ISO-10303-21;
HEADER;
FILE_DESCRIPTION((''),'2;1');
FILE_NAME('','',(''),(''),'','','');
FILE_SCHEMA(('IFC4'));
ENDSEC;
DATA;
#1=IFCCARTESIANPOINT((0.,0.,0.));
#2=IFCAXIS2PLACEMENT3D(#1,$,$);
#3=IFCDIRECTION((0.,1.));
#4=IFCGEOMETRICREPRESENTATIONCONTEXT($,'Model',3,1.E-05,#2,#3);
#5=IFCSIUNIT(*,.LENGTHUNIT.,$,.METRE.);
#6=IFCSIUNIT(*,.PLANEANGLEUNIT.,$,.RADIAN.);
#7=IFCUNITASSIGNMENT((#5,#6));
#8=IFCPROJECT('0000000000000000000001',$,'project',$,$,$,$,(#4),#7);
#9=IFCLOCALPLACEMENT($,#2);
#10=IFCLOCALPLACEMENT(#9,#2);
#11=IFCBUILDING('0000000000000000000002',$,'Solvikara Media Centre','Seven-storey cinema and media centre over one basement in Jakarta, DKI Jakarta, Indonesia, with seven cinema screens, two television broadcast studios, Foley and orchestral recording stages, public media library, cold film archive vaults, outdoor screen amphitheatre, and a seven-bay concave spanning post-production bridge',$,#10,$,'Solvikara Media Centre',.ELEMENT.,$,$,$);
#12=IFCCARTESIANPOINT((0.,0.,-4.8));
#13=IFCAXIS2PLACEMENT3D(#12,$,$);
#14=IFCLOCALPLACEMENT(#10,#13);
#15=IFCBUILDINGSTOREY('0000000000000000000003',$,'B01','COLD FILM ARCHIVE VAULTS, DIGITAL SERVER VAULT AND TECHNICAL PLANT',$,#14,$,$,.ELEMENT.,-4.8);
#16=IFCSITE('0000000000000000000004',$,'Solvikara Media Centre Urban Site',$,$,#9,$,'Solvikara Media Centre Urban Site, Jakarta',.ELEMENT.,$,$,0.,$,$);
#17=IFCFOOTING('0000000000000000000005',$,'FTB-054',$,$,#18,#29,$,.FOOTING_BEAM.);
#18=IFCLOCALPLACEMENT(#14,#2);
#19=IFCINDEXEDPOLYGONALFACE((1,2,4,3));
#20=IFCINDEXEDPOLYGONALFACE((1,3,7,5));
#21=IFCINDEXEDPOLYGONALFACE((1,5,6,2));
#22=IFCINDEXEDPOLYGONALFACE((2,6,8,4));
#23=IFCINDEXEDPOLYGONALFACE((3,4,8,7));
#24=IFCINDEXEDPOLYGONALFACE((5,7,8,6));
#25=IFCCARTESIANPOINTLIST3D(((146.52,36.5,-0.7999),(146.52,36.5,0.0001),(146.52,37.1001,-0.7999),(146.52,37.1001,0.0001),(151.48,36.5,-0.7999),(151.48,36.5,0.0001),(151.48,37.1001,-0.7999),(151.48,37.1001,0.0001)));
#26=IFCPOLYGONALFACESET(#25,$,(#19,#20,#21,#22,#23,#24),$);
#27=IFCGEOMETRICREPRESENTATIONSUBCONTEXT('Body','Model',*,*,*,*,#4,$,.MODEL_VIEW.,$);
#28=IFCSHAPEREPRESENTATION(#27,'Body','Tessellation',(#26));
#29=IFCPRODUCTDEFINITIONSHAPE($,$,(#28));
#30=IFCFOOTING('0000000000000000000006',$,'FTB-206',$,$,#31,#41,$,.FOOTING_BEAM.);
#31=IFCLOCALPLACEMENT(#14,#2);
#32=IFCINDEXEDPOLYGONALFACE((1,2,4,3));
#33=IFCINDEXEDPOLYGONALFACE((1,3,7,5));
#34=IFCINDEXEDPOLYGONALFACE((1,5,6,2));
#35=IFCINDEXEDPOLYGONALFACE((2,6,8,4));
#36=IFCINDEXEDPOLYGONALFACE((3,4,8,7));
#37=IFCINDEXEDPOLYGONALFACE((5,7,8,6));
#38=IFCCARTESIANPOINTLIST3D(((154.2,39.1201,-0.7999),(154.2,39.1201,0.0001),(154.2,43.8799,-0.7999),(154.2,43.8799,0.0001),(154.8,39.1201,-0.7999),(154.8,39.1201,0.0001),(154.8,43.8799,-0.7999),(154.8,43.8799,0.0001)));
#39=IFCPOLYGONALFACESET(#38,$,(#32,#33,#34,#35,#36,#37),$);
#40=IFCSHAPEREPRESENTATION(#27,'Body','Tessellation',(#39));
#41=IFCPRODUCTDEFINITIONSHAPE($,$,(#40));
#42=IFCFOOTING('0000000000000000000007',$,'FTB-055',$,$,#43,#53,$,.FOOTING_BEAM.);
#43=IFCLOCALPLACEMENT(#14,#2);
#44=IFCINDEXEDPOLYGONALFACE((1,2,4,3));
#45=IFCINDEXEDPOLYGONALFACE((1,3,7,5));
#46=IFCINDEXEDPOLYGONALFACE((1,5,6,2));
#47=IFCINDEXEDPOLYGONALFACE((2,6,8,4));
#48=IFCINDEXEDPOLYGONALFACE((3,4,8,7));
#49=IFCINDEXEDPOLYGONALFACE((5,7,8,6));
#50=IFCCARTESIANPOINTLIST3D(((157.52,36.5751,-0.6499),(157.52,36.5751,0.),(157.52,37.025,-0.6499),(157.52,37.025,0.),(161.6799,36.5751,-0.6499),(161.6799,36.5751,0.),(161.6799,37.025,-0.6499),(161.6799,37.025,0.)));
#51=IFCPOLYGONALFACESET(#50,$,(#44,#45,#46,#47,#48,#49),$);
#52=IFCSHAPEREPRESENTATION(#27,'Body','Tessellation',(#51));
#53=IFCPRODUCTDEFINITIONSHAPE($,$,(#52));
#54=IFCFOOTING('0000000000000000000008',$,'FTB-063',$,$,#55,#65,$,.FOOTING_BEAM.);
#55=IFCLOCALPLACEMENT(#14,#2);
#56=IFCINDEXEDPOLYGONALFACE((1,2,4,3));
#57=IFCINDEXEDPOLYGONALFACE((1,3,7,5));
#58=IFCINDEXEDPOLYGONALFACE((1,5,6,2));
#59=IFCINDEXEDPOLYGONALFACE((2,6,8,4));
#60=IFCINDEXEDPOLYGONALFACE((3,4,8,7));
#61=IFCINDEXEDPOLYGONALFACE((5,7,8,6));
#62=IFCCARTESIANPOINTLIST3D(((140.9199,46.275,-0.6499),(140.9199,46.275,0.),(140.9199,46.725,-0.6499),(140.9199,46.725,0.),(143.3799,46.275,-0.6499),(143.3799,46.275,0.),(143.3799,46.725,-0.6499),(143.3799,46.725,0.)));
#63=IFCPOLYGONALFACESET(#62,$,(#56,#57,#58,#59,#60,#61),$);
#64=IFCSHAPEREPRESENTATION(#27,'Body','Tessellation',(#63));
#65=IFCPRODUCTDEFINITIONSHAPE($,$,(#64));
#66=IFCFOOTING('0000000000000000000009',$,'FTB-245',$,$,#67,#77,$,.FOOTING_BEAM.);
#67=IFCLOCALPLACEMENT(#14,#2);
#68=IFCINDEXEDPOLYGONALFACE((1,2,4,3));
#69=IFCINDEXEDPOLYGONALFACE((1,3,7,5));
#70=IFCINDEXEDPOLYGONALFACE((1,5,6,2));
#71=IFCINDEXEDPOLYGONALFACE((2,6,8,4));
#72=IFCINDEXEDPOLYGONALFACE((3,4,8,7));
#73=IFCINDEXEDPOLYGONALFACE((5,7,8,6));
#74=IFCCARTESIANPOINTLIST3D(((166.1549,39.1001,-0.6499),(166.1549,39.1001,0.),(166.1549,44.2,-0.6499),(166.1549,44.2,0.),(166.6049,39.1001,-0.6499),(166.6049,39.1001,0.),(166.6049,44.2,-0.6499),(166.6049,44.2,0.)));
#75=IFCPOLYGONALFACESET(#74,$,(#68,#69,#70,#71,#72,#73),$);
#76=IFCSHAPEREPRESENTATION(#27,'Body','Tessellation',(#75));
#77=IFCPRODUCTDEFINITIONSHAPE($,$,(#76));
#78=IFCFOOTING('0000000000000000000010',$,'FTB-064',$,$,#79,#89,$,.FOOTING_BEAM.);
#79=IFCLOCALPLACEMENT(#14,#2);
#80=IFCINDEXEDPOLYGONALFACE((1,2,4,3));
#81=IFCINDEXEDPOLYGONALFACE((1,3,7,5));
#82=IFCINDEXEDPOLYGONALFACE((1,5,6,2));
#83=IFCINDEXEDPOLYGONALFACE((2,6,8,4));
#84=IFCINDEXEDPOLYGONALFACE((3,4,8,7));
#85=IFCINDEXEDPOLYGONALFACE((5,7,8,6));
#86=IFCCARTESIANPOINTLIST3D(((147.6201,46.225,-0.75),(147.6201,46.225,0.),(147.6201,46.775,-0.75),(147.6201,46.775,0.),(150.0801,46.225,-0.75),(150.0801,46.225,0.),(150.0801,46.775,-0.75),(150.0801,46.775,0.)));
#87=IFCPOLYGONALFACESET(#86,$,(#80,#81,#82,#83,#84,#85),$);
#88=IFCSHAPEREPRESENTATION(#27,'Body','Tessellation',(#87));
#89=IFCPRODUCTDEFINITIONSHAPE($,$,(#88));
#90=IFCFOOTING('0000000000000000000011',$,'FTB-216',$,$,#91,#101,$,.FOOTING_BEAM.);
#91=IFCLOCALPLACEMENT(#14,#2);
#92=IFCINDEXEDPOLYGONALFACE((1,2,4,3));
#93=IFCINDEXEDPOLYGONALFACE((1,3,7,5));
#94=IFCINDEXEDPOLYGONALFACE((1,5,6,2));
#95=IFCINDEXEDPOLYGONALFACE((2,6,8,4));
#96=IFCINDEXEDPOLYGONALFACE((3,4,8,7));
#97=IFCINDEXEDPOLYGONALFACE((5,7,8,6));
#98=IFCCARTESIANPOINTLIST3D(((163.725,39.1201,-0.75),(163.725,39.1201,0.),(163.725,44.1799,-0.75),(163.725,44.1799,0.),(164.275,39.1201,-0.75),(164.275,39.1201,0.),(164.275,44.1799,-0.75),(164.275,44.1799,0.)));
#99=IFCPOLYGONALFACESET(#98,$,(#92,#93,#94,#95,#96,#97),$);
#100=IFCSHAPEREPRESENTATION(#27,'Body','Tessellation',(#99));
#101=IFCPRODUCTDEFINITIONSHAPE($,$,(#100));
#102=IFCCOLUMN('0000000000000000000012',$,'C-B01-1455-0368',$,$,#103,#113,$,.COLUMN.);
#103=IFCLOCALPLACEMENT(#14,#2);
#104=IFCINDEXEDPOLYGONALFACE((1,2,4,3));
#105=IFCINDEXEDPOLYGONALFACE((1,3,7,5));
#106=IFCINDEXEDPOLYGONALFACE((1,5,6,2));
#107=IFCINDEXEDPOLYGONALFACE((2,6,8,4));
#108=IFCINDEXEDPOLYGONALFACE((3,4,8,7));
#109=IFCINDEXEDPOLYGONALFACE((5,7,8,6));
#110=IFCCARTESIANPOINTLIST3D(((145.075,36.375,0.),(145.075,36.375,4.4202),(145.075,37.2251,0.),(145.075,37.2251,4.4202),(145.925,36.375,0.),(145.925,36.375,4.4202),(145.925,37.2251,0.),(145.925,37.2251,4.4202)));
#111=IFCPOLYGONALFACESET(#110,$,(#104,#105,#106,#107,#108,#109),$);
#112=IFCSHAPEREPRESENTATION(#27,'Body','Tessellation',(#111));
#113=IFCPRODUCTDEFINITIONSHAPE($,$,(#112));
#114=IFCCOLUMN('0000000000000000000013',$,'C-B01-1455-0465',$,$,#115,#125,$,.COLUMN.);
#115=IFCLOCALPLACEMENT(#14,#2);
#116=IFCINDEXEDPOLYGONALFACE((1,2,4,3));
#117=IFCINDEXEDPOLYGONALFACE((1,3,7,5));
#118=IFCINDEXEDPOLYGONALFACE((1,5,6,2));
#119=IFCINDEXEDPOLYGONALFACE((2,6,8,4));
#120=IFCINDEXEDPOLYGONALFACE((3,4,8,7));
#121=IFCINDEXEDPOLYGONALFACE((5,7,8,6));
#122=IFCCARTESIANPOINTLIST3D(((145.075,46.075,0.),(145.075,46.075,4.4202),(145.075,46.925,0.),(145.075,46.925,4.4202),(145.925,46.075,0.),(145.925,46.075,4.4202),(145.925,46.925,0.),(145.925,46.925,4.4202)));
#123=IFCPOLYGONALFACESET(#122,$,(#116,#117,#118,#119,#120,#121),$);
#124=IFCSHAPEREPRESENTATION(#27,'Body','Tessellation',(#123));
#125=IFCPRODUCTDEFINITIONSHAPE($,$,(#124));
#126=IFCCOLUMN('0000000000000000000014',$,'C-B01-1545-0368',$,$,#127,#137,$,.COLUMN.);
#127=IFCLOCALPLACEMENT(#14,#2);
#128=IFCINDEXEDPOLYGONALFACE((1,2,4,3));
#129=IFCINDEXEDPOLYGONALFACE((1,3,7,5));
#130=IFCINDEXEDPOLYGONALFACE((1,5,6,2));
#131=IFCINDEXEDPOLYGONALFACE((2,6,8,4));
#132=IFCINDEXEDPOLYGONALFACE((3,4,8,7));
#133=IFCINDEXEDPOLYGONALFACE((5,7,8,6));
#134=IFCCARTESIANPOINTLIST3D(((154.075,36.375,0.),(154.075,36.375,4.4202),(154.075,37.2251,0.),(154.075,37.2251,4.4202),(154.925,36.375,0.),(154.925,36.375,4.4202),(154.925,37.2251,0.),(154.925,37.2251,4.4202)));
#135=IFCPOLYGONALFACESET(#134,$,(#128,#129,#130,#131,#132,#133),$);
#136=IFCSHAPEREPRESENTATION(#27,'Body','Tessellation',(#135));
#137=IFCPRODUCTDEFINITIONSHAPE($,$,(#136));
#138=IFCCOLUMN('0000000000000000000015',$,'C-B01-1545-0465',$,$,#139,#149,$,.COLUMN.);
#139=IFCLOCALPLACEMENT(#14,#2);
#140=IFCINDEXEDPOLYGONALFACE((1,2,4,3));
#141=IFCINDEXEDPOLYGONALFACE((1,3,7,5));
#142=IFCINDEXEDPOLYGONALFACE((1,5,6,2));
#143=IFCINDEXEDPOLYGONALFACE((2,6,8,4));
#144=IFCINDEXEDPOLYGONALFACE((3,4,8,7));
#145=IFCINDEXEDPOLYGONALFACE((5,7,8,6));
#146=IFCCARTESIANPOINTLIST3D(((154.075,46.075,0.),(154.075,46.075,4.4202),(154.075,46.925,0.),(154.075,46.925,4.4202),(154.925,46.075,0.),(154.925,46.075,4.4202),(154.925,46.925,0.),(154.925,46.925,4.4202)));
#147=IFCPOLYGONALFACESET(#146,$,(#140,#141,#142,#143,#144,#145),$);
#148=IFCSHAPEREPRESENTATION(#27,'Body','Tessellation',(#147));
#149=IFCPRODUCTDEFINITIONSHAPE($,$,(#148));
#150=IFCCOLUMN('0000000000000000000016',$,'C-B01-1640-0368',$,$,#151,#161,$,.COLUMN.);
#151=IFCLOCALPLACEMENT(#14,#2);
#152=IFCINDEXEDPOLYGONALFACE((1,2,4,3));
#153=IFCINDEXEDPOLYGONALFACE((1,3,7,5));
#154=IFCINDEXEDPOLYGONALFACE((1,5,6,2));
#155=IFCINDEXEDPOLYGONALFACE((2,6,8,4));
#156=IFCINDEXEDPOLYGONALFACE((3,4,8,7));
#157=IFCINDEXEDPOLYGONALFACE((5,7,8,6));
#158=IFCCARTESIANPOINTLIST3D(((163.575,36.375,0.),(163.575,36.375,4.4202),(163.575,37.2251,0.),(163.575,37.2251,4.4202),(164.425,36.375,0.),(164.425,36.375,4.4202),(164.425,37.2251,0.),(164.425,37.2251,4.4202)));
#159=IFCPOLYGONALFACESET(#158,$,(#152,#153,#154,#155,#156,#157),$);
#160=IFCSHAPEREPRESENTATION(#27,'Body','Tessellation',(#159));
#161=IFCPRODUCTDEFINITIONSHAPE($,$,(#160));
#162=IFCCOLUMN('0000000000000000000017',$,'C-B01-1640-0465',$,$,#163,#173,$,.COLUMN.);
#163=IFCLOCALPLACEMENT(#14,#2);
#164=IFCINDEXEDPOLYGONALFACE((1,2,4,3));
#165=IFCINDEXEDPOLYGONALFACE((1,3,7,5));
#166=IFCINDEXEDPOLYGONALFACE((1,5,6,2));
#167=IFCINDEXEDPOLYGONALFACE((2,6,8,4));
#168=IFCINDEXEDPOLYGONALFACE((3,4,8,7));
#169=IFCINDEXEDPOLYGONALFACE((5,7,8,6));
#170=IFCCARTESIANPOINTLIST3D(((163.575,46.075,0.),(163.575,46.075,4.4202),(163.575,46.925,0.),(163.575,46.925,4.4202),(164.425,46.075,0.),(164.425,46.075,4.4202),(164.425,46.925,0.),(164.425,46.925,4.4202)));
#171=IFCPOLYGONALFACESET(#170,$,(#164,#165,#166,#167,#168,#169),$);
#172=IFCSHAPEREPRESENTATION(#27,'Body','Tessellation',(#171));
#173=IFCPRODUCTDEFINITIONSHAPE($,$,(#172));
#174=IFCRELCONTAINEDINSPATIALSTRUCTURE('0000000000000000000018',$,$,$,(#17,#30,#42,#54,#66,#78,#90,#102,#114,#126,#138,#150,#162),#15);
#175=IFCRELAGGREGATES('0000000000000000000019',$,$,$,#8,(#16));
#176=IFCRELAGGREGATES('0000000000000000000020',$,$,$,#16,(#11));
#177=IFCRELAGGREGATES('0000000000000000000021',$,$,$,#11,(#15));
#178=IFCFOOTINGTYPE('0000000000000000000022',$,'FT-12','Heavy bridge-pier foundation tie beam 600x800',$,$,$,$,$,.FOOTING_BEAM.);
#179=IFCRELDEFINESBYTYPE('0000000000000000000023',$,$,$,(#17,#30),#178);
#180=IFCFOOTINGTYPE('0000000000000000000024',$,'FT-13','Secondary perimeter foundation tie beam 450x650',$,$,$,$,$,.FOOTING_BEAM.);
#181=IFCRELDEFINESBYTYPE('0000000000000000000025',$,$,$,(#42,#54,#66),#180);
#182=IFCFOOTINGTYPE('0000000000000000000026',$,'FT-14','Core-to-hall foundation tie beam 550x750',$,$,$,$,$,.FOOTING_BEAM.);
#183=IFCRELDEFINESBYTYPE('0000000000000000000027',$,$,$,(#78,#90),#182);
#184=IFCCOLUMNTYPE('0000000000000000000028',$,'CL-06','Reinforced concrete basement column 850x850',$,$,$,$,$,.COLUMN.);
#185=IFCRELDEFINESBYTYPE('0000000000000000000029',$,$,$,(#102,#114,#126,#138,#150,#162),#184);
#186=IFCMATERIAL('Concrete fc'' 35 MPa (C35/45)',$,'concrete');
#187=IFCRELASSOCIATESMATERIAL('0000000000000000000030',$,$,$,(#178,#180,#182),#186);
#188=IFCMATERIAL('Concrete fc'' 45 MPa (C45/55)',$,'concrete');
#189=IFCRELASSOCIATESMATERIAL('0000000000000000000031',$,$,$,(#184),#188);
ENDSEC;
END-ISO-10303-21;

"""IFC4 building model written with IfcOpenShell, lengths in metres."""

from ifc_helpers import new_model, si_unit, direction, frame, origin, origin_2d, place, context, subcontext, project, spatial, rectangle, extrude, material, material_profile, profile_set, type_object, element, save


model = new_model("IFC4")

# Units and contexts
model_context = context("Model", 3, precision=1e-05, world=origin(), true_north=direction((0.0, 1.0)))
body_context = subcontext(model_context, "Body", "Model", "MODEL_VIEW")
ifc_project = project(units=[si_unit("LENGTHUNIT", "METRE"), si_unit("PLANEANGLEUNIT", "RADIAN")], contexts=[model_context])

# Site, building, storey
site_placement = place(None, origin())
site = spatial("IfcSite", under=ifc_project, at=site_placement, Name="Solvikara Media Centre Urban Site", LongName="Solvikara Media Centre Urban Site, Jakarta", CompositionType="ELEMENT", RefElevation=0.0)
building_placement = place(site_placement, origin())
building = spatial("IfcBuilding", under=site, at=building_placement, Name="Solvikara Media Centre", Description="Seven-storey cinema and media centre over one basement in Jakarta, DKI Jakarta, Indonesia, with seven cinema screens, two television broadcast studios, Foley and orchestral recording stages, public media library, cold film archive vaults, outdoor screen amphitheatre, and a seven-bay concave spanning post-production bridge", LongName="Solvikara Media Centre", CompositionType="ELEMENT")
storey_placement = place(building_placement, frame((0.0, 0.0, -4.8)))
storey = spatial("IfcBuildingStorey", under=building, at=storey_placement, Name="B01", Description="COLD FILM ARCHIVE VAULTS, DIGITAL SERVER VAULT AND TECHNICAL PLANT", CompositionType="ELEMENT", Elevation=-4.8)

# Shared definitions
ifc_material_1 = material(Name="Concrete fc' 35 MPa (C35/45)", Category="concrete")

# Footings
ifc_material_profile_1 = material_profile(ifc_material_1, rectangle(XDim=0.6001, YDim=0.8, at=origin_2d()), Name="RC 600x800")
ifc_profile_set_1 = profile_set([ifc_material_profile_1], Name="Concrete fc' 35 MPa (C35/45)")
footing_type_1 = type_object("IfcFootingType", Name="FT-12", Description="Heavy bridge-pier foundation tie beam 600x800", PredefinedType="FOOTING_BEAM", material=ifc_profile_set_1)
footing_1_placement = place(storey_placement, frame((146.52, 36.8, -0.3999), z_axis=(1.0, 0.0, 0.0), x_axis=(0.0, 1.0, 0.0)))
element("IfcFooting", 1, at=footing_1_placement, inside=storey, type_object=footing_type_1, Name="FTB-054", PredefinedType="FOOTING_BEAM", context=body_context, shape_type="SweptSolid", body=[
    extrude(rectangle(XDim=0.6001, YDim=0.8, at=origin_2d()), origin(), (0.0, 0.0, 1.0), 4.96),
])
footing_2_placement = place(storey_placement, frame((154.5, 39.1201, -0.3999), z_axis=(0.0, 1.0, 0.0), x_axis=(-1.0, 0.0, 0.0)))
element("IfcFooting", 2, at=footing_2_placement, inside=storey, type_object=footing_type_1, Name="FTB-206", PredefinedType="FOOTING_BEAM", context=body_context, shape_type="SweptSolid", body=[
    extrude(rectangle(XDim=0.6001, YDim=0.8, at=origin_2d()), origin(), (0.0, 0.0, 1.0), 4.7598),
])
ifc_material_profile_2 = material_profile(ifc_material_1, rectangle(XDim=0.45, YDim=0.6499, at=origin_2d()), Name="RC 450x650")
ifc_profile_set_2 = profile_set([ifc_material_profile_2], Name="Concrete fc' 35 MPa (C35/45)")
footing_type_2 = type_object("IfcFootingType", Name="FT-13", Description="Secondary perimeter foundation tie beam 450x650", PredefinedType="FOOTING_BEAM", material=ifc_profile_set_2)
footing_3_placement = place(storey_placement, frame((157.52, 36.8, -0.325), z_axis=(1.0, 0.0, 0.0), x_axis=(0.0, 1.0, 0.0)))
element("IfcFooting", 3, at=footing_3_placement, inside=storey, type_object=footing_type_2, Name="FTB-055", PredefinedType="FOOTING_BEAM", context=body_context, shape_type="SweptSolid", body=[
    extrude(rectangle(XDim=0.45, YDim=0.6499, at=origin_2d()), origin(), (0.0, 0.0, 1.0), 4.1599),
])
footing_4_placement = place(storey_placement, frame((140.9199, 46.5, -0.325), z_axis=(1.0, 0.0, 0.0), x_axis=(0.0, 1.0, 0.0)))
element("IfcFooting", 4, at=footing_4_placement, inside=storey, type_object=footing_type_2, Name="FTB-063", PredefinedType="FOOTING_BEAM", context=body_context, shape_type="SweptSolid", body=[
    extrude(rectangle(XDim=0.45, YDim=0.6499, at=origin_2d()), origin(), (0.0, 0.0, 1.0), 2.46),
])
footing_5_placement = place(storey_placement, frame((166.3799, 39.1001, -0.325), z_axis=(0.0, 1.0, 0.0), x_axis=(-1.0, 0.0, 0.0)))
element("IfcFooting", 5, at=footing_5_placement, inside=storey, type_object=footing_type_2, Name="FTB-245", PredefinedType="FOOTING_BEAM", context=body_context, shape_type="SweptSolid", body=[
    extrude(rectangle(XDim=0.45, YDim=0.6499, at=origin_2d()), origin(), (0.0, 0.0, 1.0), 5.0999),
])
ifc_material_profile_3 = material_profile(ifc_material_1, rectangle(XDim=0.55, YDim=0.75, at=origin_2d()), Name="RC 550x750")
ifc_profile_set_3 = profile_set([ifc_material_profile_3], Name="Concrete fc' 35 MPa (C35/45)")
footing_type_3 = type_object("IfcFootingType", Name="FT-14", Description="Core-to-hall foundation tie beam 550x750", PredefinedType="FOOTING_BEAM", material=ifc_profile_set_3)
footing_6_placement = place(storey_placement, frame((147.6201, 46.5, -0.375), z_axis=(1.0, 0.0, 0.0), x_axis=(0.0, 1.0, 0.0)))
element("IfcFooting", 6, at=footing_6_placement, inside=storey, type_object=footing_type_3, Name="FTB-064", PredefinedType="FOOTING_BEAM", context=body_context, shape_type="SweptSolid", body=[
    extrude(rectangle(XDim=0.55, YDim=0.75, at=origin_2d()), origin(), (0.0, 0.0, 1.0), 2.46),
])
footing_7_placement = place(storey_placement, frame((164.0, 39.1201, -0.375), z_axis=(0.0, 1.0, 0.0), x_axis=(-1.0, 0.0, 0.0)))
element("IfcFooting", 7, at=footing_7_placement, inside=storey, type_object=footing_type_3, Name="FTB-216", PredefinedType="FOOTING_BEAM", context=body_context, shape_type="SweptSolid", body=[
    extrude(rectangle(XDim=0.55, YDim=0.75, at=origin_2d()), origin(), (0.0, 0.0, 1.0), 5.0598),
])

# Columns
ifc_material_2 = material(Name="Concrete fc' 45 MPa (C45/55)", Category="concrete")
ifc_material_profile_4 = material_profile(ifc_material_2, rectangle(XDim=0.8501, YDim=0.8501, at=origin_2d()), Name="RC 850x850")
ifc_profile_set_4 = profile_set([ifc_material_profile_4], Name="Concrete fc' 45 MPa (C45/55)")
column_type = type_object("IfcColumnType", Name="CL-06", Description="Reinforced concrete basement column 850x850", PredefinedType="COLUMN", material=ifc_profile_set_4)
for number, where, z_axis, x_axis, name in (
    (8, (145.5, 36.8, 0.0), (0.0, 0.0, 1.0), (1.0, 0.0, 0.0), "C-B01-1455-0368"),
    (9, (145.5, 46.5, 0.0), (0.0, 0.0, 1.0), (1.0, 0.0, 0.0), "C-B01-1455-0465"),
    (10, (154.5, 36.8, 0.0), (0.0, 0.0, 1.0), (1.0, 0.0, 0.0), "C-B01-1545-0368"),
    (11, (154.5, 46.5, 0.0), (0.0, 0.0, 1.0), (1.0, 0.0, 0.0), "C-B01-1545-0465"),
    (12, (164.0, 36.8, 0.0), (0.0, 0.0, 1.0), (1.0, 0.0, 0.0), "C-B01-1640-0368"),
    (13, (164.0, 46.5, 0.0), (0.0, 0.0, 1.0), (1.0, 0.0, 0.0), "C-B01-1640-0465"),
):
    element("IfcColumn", number, at=place(storey_placement, frame(where, z_axis=z_axis, x_axis=x_axis)), inside=storey, type_object=column_type, Name=name, PredefinedType="COLUMN", context=body_context, shape_type="SweptSolid", body=[
        extrude(rectangle(XDim=0.8501, YDim=0.8501, at=origin_2d()), origin(), (0.0, 0.0, 1.0), 4.4202),
    ])

save(model, "model.ifc")
